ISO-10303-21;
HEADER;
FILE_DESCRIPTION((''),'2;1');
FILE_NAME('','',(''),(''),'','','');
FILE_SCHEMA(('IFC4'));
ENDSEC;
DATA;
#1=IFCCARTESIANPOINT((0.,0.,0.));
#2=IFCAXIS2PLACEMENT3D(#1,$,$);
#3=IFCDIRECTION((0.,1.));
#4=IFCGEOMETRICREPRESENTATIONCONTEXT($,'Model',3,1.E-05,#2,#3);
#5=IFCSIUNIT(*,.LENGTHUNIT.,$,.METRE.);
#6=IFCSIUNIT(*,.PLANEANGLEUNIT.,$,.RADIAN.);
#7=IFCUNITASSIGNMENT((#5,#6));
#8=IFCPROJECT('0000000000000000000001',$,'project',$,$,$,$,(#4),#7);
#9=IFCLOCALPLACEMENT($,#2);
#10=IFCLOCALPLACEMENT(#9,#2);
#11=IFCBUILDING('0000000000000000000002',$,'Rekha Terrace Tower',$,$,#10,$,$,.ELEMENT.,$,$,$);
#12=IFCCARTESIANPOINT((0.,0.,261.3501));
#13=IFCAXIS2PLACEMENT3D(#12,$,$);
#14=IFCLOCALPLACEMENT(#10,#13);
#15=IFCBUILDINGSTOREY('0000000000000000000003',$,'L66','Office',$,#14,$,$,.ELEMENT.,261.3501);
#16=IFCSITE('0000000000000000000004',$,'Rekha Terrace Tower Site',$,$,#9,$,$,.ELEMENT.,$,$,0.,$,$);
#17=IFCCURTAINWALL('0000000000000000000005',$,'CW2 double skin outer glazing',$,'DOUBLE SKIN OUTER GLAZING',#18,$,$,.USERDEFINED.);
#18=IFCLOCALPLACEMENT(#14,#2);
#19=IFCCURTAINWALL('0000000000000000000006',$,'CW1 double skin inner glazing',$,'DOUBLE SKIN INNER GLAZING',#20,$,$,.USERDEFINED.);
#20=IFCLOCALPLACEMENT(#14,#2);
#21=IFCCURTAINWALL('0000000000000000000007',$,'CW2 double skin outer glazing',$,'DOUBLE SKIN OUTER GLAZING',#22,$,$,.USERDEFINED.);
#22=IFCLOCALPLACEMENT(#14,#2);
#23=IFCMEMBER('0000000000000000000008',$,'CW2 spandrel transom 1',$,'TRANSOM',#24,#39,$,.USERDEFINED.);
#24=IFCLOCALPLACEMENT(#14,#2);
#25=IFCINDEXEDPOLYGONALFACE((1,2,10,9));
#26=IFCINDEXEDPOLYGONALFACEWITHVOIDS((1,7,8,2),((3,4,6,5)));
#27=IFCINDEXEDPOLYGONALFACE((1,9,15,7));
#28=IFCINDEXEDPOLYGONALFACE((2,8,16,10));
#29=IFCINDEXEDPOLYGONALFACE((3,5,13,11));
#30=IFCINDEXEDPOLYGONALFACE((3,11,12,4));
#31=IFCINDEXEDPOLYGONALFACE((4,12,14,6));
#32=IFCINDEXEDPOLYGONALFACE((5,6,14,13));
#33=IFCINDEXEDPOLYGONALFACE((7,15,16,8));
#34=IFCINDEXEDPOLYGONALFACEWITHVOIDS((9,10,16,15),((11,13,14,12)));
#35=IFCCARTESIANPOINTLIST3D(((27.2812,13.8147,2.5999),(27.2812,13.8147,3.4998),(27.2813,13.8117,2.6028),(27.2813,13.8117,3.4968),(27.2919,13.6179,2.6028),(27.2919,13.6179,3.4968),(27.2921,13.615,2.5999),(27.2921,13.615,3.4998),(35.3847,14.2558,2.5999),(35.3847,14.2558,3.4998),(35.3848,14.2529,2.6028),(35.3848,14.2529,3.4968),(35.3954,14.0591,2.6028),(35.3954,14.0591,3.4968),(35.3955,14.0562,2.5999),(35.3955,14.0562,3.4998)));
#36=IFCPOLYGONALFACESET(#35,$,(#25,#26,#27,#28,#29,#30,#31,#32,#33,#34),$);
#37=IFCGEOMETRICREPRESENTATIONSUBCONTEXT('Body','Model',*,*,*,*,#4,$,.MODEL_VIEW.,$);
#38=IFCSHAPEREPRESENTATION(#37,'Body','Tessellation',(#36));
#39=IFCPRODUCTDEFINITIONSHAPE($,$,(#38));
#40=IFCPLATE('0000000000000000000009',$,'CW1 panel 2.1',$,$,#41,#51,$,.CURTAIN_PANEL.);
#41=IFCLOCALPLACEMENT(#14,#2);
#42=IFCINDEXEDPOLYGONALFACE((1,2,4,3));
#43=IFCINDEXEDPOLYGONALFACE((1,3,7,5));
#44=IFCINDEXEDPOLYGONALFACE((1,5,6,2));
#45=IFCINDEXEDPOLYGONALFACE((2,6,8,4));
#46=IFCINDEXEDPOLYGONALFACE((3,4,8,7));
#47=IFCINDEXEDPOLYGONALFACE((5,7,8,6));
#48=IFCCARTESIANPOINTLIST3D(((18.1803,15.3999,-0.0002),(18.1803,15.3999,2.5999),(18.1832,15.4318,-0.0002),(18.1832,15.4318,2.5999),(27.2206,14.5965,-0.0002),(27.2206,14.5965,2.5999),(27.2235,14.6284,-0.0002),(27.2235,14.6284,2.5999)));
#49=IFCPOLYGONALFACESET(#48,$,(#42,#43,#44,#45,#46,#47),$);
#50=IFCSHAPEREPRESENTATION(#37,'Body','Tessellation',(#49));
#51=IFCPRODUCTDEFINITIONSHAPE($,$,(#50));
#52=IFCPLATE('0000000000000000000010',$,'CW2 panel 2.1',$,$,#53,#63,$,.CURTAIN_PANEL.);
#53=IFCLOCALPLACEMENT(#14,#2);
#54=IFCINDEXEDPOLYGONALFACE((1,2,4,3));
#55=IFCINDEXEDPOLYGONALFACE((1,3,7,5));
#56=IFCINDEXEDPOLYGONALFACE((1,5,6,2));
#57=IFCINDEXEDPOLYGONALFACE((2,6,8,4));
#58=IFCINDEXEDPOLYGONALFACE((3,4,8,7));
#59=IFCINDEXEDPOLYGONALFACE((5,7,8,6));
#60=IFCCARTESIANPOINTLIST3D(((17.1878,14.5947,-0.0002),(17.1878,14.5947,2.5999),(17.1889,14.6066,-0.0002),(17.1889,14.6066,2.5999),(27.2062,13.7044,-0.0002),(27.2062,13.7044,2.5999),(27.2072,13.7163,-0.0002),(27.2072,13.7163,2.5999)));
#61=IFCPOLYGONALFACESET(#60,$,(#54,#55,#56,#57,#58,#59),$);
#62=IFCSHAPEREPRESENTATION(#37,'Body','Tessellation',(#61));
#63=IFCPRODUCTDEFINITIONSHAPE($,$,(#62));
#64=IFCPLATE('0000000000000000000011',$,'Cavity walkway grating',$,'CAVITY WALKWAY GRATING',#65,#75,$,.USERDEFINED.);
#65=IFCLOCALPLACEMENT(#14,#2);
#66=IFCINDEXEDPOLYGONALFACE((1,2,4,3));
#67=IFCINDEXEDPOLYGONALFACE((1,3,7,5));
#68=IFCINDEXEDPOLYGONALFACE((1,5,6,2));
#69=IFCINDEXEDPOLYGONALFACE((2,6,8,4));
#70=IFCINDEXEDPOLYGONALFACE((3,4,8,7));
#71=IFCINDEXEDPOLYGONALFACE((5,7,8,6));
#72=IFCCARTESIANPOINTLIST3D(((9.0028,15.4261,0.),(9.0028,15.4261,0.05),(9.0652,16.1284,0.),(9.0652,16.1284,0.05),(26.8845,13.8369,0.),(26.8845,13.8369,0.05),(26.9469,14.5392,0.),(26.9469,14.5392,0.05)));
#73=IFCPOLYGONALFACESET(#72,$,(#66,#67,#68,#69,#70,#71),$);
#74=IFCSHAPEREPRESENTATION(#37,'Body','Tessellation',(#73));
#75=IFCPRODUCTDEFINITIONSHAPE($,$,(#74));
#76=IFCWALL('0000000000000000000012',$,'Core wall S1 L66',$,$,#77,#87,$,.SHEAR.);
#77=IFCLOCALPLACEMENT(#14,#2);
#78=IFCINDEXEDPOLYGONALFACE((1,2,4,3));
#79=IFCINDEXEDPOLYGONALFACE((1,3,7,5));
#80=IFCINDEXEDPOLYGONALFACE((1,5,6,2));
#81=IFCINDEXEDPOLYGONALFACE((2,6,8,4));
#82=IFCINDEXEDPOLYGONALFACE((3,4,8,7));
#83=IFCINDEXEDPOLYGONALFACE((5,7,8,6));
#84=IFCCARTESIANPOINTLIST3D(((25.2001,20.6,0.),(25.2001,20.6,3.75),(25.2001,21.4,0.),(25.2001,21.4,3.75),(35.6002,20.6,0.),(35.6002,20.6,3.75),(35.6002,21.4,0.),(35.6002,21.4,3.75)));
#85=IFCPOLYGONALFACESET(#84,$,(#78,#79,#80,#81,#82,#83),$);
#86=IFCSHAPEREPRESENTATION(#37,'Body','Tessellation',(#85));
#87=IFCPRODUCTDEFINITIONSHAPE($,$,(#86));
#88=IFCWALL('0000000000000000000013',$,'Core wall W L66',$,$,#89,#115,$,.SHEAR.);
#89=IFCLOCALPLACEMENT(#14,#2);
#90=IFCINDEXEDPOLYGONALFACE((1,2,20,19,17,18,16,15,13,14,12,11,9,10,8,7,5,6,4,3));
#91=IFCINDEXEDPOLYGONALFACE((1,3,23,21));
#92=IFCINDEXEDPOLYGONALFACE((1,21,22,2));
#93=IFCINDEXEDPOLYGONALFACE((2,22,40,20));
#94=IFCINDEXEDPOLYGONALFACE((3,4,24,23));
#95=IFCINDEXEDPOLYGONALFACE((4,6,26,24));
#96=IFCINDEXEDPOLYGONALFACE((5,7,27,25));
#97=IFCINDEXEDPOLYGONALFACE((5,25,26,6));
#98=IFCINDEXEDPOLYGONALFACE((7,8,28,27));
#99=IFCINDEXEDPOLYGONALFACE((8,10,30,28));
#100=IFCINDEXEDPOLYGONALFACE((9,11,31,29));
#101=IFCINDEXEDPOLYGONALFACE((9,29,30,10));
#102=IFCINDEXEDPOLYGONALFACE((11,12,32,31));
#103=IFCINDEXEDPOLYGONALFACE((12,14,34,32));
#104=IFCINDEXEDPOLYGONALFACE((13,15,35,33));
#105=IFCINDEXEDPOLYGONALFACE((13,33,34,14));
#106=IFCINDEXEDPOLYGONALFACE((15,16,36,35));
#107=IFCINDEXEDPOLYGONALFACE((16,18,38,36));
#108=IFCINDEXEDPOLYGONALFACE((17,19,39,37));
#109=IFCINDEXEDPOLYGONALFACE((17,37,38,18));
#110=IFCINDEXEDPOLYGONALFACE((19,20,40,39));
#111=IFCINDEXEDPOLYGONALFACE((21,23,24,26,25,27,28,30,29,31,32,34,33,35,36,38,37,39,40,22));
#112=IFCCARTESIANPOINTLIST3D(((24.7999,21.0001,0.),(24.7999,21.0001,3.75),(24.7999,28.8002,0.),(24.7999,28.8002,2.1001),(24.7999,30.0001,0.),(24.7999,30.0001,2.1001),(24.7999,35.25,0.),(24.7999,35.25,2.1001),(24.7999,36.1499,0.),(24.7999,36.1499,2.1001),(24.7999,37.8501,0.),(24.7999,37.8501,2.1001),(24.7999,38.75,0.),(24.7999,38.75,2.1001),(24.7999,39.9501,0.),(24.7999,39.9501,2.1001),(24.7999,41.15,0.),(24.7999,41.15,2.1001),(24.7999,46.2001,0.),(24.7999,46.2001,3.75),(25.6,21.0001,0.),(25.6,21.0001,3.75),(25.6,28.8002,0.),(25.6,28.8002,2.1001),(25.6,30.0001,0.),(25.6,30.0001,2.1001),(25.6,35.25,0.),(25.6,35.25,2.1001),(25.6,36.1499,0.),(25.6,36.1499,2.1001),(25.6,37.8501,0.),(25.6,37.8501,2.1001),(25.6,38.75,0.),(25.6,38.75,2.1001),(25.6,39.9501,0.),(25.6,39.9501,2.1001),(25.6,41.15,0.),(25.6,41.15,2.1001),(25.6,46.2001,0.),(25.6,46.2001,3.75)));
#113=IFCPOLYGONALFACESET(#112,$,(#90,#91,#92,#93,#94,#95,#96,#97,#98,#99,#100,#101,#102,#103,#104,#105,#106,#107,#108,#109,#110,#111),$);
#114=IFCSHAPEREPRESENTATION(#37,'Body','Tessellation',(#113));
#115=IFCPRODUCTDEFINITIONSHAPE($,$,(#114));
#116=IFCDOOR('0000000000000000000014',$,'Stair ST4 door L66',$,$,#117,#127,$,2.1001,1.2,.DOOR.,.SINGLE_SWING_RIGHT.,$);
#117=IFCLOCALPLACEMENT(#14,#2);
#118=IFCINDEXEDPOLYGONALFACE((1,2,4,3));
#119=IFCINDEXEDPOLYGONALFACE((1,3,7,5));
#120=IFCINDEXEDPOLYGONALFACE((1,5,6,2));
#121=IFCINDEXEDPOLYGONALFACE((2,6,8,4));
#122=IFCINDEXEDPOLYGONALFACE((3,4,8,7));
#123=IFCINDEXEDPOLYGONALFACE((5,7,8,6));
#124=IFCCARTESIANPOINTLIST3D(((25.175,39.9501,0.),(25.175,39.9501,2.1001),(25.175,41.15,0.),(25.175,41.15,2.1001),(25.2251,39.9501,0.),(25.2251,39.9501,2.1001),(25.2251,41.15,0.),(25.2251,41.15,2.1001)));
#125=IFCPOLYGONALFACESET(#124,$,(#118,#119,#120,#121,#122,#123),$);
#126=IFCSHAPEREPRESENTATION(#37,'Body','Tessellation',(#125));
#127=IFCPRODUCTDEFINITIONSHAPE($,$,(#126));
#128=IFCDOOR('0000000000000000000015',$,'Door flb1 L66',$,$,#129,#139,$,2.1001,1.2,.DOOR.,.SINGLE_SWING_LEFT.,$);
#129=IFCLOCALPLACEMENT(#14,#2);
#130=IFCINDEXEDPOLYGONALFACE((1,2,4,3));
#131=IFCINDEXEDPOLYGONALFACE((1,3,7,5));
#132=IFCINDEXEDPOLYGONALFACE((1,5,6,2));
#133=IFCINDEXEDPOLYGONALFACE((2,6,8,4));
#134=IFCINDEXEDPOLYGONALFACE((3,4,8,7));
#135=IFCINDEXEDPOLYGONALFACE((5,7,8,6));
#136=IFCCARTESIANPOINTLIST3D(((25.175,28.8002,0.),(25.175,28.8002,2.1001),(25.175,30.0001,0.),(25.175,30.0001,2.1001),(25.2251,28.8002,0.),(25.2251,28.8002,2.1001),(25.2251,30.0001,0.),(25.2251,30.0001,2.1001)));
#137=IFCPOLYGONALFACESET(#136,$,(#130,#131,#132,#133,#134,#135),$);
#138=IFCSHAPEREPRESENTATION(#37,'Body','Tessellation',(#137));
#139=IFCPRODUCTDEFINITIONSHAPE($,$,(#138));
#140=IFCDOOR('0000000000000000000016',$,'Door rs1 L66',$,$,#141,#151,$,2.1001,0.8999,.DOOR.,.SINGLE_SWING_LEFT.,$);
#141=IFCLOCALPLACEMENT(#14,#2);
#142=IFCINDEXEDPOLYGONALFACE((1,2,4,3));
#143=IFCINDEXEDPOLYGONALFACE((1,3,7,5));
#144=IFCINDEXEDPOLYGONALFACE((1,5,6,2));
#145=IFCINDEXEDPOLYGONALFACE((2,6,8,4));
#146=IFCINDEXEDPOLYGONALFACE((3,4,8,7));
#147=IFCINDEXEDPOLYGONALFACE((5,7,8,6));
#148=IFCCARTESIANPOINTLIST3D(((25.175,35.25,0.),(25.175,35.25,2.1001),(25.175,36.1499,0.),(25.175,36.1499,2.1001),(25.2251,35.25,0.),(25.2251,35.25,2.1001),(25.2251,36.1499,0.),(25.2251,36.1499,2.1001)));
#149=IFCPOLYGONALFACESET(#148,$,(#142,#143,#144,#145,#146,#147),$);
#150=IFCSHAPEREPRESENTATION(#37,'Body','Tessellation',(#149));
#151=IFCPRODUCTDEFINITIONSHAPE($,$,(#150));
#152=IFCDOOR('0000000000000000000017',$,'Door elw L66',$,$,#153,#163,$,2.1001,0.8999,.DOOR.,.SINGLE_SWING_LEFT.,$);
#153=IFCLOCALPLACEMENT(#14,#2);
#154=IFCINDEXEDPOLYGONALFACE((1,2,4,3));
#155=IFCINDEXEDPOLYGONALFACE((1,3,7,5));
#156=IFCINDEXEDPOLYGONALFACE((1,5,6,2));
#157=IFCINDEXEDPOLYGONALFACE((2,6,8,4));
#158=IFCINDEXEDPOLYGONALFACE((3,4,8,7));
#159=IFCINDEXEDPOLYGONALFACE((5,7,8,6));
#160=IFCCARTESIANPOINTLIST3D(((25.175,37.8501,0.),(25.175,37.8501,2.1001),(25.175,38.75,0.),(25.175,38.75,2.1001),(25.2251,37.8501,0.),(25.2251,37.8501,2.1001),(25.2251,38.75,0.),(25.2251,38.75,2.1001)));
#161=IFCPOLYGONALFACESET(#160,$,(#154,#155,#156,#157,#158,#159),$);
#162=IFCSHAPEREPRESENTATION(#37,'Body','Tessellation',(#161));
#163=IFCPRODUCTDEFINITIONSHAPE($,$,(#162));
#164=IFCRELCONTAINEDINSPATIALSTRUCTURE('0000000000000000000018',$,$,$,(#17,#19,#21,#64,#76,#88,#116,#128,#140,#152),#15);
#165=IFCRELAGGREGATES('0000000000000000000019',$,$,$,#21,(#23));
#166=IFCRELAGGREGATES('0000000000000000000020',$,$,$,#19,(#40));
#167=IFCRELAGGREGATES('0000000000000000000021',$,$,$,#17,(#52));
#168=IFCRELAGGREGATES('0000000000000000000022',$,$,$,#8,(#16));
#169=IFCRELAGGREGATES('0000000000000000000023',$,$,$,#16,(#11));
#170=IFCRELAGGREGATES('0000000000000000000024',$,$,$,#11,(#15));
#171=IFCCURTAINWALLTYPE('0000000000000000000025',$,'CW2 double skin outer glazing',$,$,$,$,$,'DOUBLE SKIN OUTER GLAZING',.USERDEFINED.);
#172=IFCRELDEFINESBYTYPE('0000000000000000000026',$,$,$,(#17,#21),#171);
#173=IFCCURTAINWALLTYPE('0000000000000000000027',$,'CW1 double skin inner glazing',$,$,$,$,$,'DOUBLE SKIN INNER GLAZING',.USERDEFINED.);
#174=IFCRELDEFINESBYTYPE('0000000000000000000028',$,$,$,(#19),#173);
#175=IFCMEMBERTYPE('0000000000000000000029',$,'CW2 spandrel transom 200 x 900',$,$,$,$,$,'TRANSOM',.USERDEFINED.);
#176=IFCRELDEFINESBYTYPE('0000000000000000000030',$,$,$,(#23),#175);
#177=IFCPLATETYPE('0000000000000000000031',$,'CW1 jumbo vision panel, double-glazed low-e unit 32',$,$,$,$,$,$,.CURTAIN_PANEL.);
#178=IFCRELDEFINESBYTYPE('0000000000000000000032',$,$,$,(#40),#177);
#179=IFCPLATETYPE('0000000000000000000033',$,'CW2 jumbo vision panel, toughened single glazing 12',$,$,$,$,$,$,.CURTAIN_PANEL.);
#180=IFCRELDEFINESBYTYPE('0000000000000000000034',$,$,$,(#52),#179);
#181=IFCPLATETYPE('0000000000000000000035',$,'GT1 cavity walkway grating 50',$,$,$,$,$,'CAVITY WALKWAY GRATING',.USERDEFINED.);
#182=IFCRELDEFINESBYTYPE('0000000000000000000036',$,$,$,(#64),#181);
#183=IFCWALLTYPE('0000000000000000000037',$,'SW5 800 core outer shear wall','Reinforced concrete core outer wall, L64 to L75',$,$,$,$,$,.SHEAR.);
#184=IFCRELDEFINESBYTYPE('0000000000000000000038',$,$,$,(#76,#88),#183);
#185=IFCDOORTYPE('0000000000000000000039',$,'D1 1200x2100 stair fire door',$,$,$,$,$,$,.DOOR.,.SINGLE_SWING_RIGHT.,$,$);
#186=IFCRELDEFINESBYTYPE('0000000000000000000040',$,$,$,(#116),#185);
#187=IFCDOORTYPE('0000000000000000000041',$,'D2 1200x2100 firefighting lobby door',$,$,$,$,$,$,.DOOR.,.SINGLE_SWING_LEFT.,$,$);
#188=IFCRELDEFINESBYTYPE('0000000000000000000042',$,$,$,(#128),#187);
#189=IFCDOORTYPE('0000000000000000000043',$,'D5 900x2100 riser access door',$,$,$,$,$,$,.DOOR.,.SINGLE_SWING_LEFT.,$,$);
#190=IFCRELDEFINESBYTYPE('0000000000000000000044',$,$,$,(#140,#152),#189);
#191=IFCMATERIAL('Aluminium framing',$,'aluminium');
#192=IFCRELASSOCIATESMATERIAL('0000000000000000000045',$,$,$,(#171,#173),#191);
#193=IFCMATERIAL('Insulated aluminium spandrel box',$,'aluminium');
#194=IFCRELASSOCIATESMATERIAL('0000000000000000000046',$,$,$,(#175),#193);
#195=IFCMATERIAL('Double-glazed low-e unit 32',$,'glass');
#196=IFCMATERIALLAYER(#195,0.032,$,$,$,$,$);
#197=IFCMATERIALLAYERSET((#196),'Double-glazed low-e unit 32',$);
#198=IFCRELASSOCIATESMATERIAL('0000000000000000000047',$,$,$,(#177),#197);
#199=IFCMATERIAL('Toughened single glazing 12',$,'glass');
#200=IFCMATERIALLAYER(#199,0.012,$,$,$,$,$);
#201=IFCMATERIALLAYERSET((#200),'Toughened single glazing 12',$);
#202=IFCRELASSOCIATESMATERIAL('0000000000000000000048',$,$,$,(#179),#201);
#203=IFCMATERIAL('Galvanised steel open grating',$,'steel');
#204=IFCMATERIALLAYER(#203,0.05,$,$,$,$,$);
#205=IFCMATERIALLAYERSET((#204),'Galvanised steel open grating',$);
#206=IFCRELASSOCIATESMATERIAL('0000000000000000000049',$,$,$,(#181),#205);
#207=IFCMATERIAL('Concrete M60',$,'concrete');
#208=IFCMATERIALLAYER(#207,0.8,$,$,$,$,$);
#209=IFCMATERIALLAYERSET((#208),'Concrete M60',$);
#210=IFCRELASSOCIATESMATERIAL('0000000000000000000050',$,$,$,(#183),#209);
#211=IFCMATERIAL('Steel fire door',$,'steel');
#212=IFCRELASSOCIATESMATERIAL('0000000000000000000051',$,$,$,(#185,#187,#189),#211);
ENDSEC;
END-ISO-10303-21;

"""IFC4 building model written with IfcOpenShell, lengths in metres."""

from ifc_helpers import new_model, si_unit, direction, frame, frame_2d, origin, origin_2d, place, context, subcontext, project, spatial, rectangle, hollow_rectangle, extrude, material, layer, layer_set, material_profile, profile_set, type_object, element, fill, aggregate, save


model = new_model("IFC4")

# Units and contexts
model_context = context("Model", 3, precision=1e-05, world=origin(), true_north=direction((0.0, 1.0)))
body_context = subcontext(model_context, "Body", "Model", "MODEL_VIEW")
ifc_project = project(units=[si_unit("LENGTHUNIT", "METRE"), si_unit("PLANEANGLEUNIT", "RADIAN")], contexts=[model_context])

# Site, building, storey
site_placement = place(None, origin())
site = spatial("IfcSite", under=ifc_project, at=site_placement, Name="Rekha Terrace Tower Site", CompositionType="ELEMENT", RefElevation=0.0)
building_placement = place(site_placement, origin())
building = spatial("IfcBuilding", under=site, at=building_placement, Name="Rekha Terrace Tower", CompositionType="ELEMENT")
storey_placement = place(building_placement, frame((0.0, 0.0, 261.3501)))
storey = spatial("IfcBuildingStorey", under=building, at=storey_placement, Name="L66", Description="Office", CompositionType="ELEMENT", Elevation=261.3501)

# Curtain walls
ifc_material_1 = material(Name="Aluminium framing", Category="aluminium")
curtain_wall_type_1 = type_object("IfcCurtainWallType", Name="CW2 double skin outer glazing", ElementType="DOUBLE SKIN OUTER GLAZING", PredefinedType="USERDEFINED", material=ifc_material_1)
curtain_wall_1_placement = place(storey_placement, origin())
curtain_wall_1 = element("IfcCurtainWall", 1, at=curtain_wall_1_placement, inside=storey, type_object=curtain_wall_type_1, Name="CW2 double skin outer glazing", ObjectType="DOUBLE SKIN OUTER GLAZING", PredefinedType="USERDEFINED")
curtain_wall_type_2 = type_object("IfcCurtainWallType", Name="CW1 double skin inner glazing", ElementType="DOUBLE SKIN INNER GLAZING", PredefinedType="USERDEFINED", material=ifc_material_1)
curtain_wall_2_placement = place(storey_placement, origin())
curtain_wall_2 = element("IfcCurtainWall", 2, at=curtain_wall_2_placement, inside=storey, type_object=curtain_wall_type_2, Name="CW1 double skin inner glazing", ObjectType="DOUBLE SKIN INNER GLAZING", PredefinedType="USERDEFINED")

# Shared definitions
ifc_material_2 = material(Name="Insulated aluminium spandrel box", Category="aluminium")

# Curtain wall
curtain_wall_3_placement = place(storey_placement, origin())
curtain_wall_3 = element("IfcCurtainWall", 3, at=curtain_wall_3_placement, inside=storey, type_object=curtain_wall_type_1, Name="CW2 double skin outer glazing", ObjectType="DOUBLE SKIN OUTER GLAZING", PredefinedType="USERDEFINED")

# Member
ifc_material_profile_1 = material_profile(ifc_material_2, hollow_rectangle(XDim=0.2, YDim=0.8999, WallThickness=0.0029, at=origin_2d()), Name="AL SPANDREL BOX 200x900")
ifc_profile_set_1 = profile_set([ifc_material_profile_1], Name="Insulated aluminium spandrel box")
member_type_1 = type_object("IfcMemberType", Name="CW2 spandrel transom 200 x 900", ElementType="TRANSOM", PredefinedType="USERDEFINED", material=ifc_profile_set_1)
member_1_placement = place(storey_placement, frame((27.2866, 13.7148, 3.0498), z_axis=(0.998521, 0.05436, 0.0), x_axis=(-0.05436, 0.998521, 0.0)))
member_1 = element("IfcMember", 4, at=member_1_placement, type_object=member_type_1, Name="CW2 spandrel transom 1", ObjectType="TRANSOM", PredefinedType="USERDEFINED", context=body_context, shape_type="SweptSolid", body=[
    extrude(hollow_rectangle(XDim=0.2, YDim=0.8999, WallThickness=0.0029, at=origin_2d()), origin(), (0.0, 0.0, 1.0), 8.1155),
])
aggregate(curtain_wall_3, [member_1])

# Plates
ifc_material_3 = material(Name="Double-glazed low-e unit 32", Category="glass")
ifc_layer_1 = layer(ifc_material_3, 0.032)
ifc_layer_set_1 = layer_set([ifc_layer_1], Name="Double-glazed low-e unit 32")
plate_type_1 = type_object("IfcPlateType", Name="CW1 jumbo vision panel, double-glazed low-e unit 32", PredefinedType="CURTAIN_PANEL", material=ifc_layer_set_1)
plate_1_placement = place(storey_placement, frame((22.7019, 15.0142, -0.0002), z_axis=(0.0, 0.0, 1.0), x_axis=(0.996074, -0.088522, 0.0)))
plate_1 = element("IfcPlate", 5, at=plate_1_placement, type_object=plate_type_1, Name="CW1 panel 2.1", PredefinedType="CURTAIN_PANEL", context=body_context, shape_type="SweptSolid", body=[
    extrude(rectangle(XDim=9.0759, YDim=0.032, at=origin_2d()), origin(), (0.0, 0.0, 1.0), 2.6001),
])
aggregate(curtain_wall_2, [plate_1])
ifc_material_4 = material(Name="Toughened single glazing 12", Category="glass")
ifc_layer_2 = layer(ifc_material_4, 0.012)
ifc_layer_set_2 = layer_set([ifc_layer_2], Name="Toughened single glazing 12")
plate_type_2 = type_object("IfcPlateType", Name="CW2 jumbo vision panel, toughened single glazing 12", PredefinedType="CURTAIN_PANEL", material=ifc_layer_set_2)
plate_2_placement = place(storey_placement, frame((22.1975, 14.1555, -0.0002), z_axis=(0.0, 0.0, 1.0), x_axis=(0.996074, -0.088522, 0.0)))
plate_2 = element("IfcPlate", 6, at=plate_2_placement, type_object=plate_type_2, Name="CW2 panel 2.1", PredefinedType="CURTAIN_PANEL", context=body_context, shape_type="SweptSolid", body=[
    extrude(rectangle(XDim=10.0579, YDim=0.012, at=origin_2d()), origin(), (0.0, 0.0, 1.0), 2.6001),
])
aggregate(curtain_wall_1, [plate_2])
ifc_material_5 = material(Name="Galvanised steel open grating", Category="steel")
ifc_layer_3 = layer(ifc_material_5, 0.05)
ifc_layer_set_3 = layer_set([ifc_layer_3], Name="Galvanised steel open grating")
plate_type_3 = type_object("IfcPlateType", Name="GT1 cavity walkway grating 50", ElementType="CAVITY WALKWAY GRATING", PredefinedType="USERDEFINED", material=ifc_layer_set_3)
plate_3_placement = place(storey_placement, frame((17.9749, 14.9827, 0.0), z_axis=(0.0, 0.0, 1.0), x_axis=(0.996074, -0.088522, 0.0)))
element("IfcPlate", 7, at=plate_3_placement, inside=storey, type_object=plate_type_3, Name="Cavity walkway grating", ObjectType="CAVITY WALKWAY GRATING", PredefinedType="USERDEFINED", context=body_context, shape_type="SweptSolid", body=[
    extrude(rectangle(XDim=17.9521, YDim=0.7051, at=origin_2d()), origin(), (0.0, 0.0, 1.0), 0.05),
])

# Wall
ifc_material_6 = material(Name="Concrete M60", Category="concrete")
ifc_layer_4 = layer(ifc_material_6, 0.8)
ifc_layer_set_4 = layer_set([ifc_layer_4], Name="Concrete M60")
wall_type_1 = type_object("IfcWallType", Name="SW5 800 core outer shear wall", Description="Reinforced concrete core outer wall, L64 to L75", PredefinedType="SHEAR", material=ifc_layer_set_4)
wall_1_placement = place(storey_placement, frame((25.2, 21.0, 0.0), z_axis=(0.0, 0.0, 1.0), x_axis=(1.0, 0.0, 0.0)))
element("IfcWall", 8, at=wall_1_placement, inside=storey, type_object=wall_type_1, Name="Core wall S1 L66", PredefinedType="SHEAR", context=body_context, shape_type="SweptSolid", body=[
    extrude(rectangle(XDim=10.4001, YDim=0.8, at=frame_2d((5.2002, 0.0))), origin(), (0.0, 0.0, 1.0), 3.75),
])

# Wall, openings, doors
wall_2_placement = place(storey_placement, frame((25.2, 21.0, 0.0), z_axis=(0.0, 0.0, 1.0), x_axis=(0.0, 1.0, 0.0)))
wall_2 = element("IfcWall", 9, at=wall_2_placement, inside=storey, type_object=wall_type_1, Name="Core wall W L66", PredefinedType="SHEAR", context=body_context, shape_type="SweptSolid", body=[
    extrude(rectangle(XDim=25.2, YDim=0.8, at=frame_2d((12.6001, 0.0))), origin(), (0.0, 0.0, 1.0), 3.75),
])
opening_1_placement = place(wall_2_placement, frame((7.8, 0.0, 0.0)))
opening_1 = element("IfcOpeningElement", 10, at=opening_1_placement, cuts=wall_2, PredefinedType="OPENING", context=body_context, shape_type="SweptSolid", body=[
    extrude(rectangle(XDim=1.2, YDim=2.1001, at=frame_2d((0.6001, 1.05))), frame((0.0, 0.4099, 0.0), z_axis=(0.0, -1.0, 0.0), x_axis=(1.0, 0.0, 0.0)), (0.0, 0.0, 1.0), 0.8201),
])
opening_2_placement = place(wall_2_placement, frame((14.25, 0.0, 0.0)))
opening_2 = element("IfcOpeningElement", 11, at=opening_2_placement, cuts=wall_2, PredefinedType="OPENING", context=body_context, shape_type="SweptSolid", body=[
    extrude(rectangle(XDim=0.8999, YDim=2.1001, at=frame_2d((0.45, 1.05))), frame((0.0, 0.4099, 0.0), z_axis=(0.0, -1.0, 0.0), x_axis=(1.0, 0.0, 0.0)), (0.0, 0.0, 1.0), 0.8201),
])
opening_3_placement = place(wall_2_placement, frame((16.8501, 0.0, 0.0)))
opening_3 = element("IfcOpeningElement", 12, at=opening_3_placement, cuts=wall_2, PredefinedType="OPENING", context=body_context, shape_type="SweptSolid", body=[
    extrude(rectangle(XDim=0.8999, YDim=2.1001, at=frame_2d((0.45, 1.05))), frame((0.0, 0.4099, 0.0), z_axis=(0.0, -1.0, 0.0), x_axis=(1.0, 0.0, 0.0)), (0.0, 0.0, 1.0), 0.8201),
])
opening_4_placement = place(wall_2_placement, frame((18.95, 0.0, 0.0)))
opening_4 = element("IfcOpeningElement", 13, at=opening_4_placement, cuts=wall_2, PredefinedType="OPENING", context=body_context, shape_type="SweptSolid", body=[
    extrude(rectangle(XDim=1.2, YDim=2.1001, at=frame_2d((0.6001, 1.05))), frame((0.0, 0.4099, 0.0), z_axis=(0.0, -1.0, 0.0), x_axis=(1.0, 0.0, 0.0)), (0.0, 0.0, 1.0), 0.8201),
])
ifc_material_7 = material(Name="Steel fire door", Category="steel")
door_type_1 = type_object("IfcDoorType", Name="D1 1200x2100 stair fire door", OperationType="SINGLE_SWING_RIGHT", PredefinedType="DOOR", material=ifc_material_7)
door_1_placement = place(opening_4_placement, origin())
door_1 = element("IfcDoor", 14, at=door_1_placement, inside=storey, type_object=door_type_1, Name="Stair ST4 door L66", OperationType="SINGLE_SWING_RIGHT", OverallHeight=2.1001, OverallWidth=1.2, PredefinedType="DOOR", context=body_context, shape_type="SweptSolid", body=[
    extrude(rectangle(XDim=1.2, YDim=2.1001, at=frame_2d((0.6001, 1.05))), frame((0.0, 0.0249, 0.0), z_axis=(0.0, -1.0, 0.0), x_axis=(1.0, 0.0, 0.0)), (0.0, 0.0, 1.0), 0.05),
])
fill(opening_4, door_1)
door_type_2 = type_object("IfcDoorType", Name="D2 1200x2100 firefighting lobby door", OperationType="SINGLE_SWING_LEFT", PredefinedType="DOOR", material=ifc_material_7)
door_2_placement = place(opening_1_placement, origin())
door_2 = element("IfcDoor", 15, at=door_2_placement, inside=storey, type_object=door_type_2, Name="Door flb1 L66", OperationType="SINGLE_SWING_LEFT", OverallHeight=2.1001, OverallWidth=1.2, PredefinedType="DOOR", context=body_context, shape_type="SweptSolid", body=[
    extrude(rectangle(XDim=1.2, YDim=2.1001, at=frame_2d((0.6001, 1.05))), frame((0.0, 0.0249, 0.0), z_axis=(0.0, -1.0, 0.0), x_axis=(1.0, 0.0, 0.0)), (0.0, 0.0, 1.0), 0.05),
])
fill(opening_1, door_2)
door_type_3 = type_object("IfcDoorType", Name="D5 900x2100 riser access door", OperationType="SINGLE_SWING_LEFT", PredefinedType="DOOR", material=ifc_material_7)
door_3_placement = place(opening_2_placement, origin())
door_3 = element("IfcDoor", 16, at=door_3_placement, inside=storey, type_object=door_type_3, Name="Door rs1 L66", OperationType="SINGLE_SWING_LEFT", OverallHeight=2.1001, OverallWidth=0.8999, PredefinedType="DOOR", context=body_context, shape_type="SweptSolid", body=[
    extrude(rectangle(XDim=0.8999, YDim=2.1001, at=frame_2d((0.45, 1.05))), frame((0.0, 0.0249, 0.0), z_axis=(0.0, -1.0, 0.0), x_axis=(1.0, 0.0, 0.0)), (0.0, 0.0, 1.0), 0.05),
])
fill(opening_2, door_3)
door_4_placement = place(opening_3_placement, origin())
door_4 = element("IfcDoor", 17, at=door_4_placement, inside=storey, type_object=door_type_3, Name="Door elw L66", OperationType="SINGLE_SWING_LEFT", OverallHeight=2.1001, OverallWidth=0.8999, PredefinedType="DOOR", context=body_context, shape_type="SweptSolid", body=[
    extrude(rectangle(XDim=0.8999, YDim=2.1001, at=frame_2d((0.45, 1.05))), frame((0.0, 0.0249, 0.0), z_axis=(0.0, -1.0, 0.0), x_axis=(1.0, 0.0, 0.0)), (0.0, 0.0, 1.0), 0.05),
])
fill(opening_3, door_4)

save(model, "model.ifc")
